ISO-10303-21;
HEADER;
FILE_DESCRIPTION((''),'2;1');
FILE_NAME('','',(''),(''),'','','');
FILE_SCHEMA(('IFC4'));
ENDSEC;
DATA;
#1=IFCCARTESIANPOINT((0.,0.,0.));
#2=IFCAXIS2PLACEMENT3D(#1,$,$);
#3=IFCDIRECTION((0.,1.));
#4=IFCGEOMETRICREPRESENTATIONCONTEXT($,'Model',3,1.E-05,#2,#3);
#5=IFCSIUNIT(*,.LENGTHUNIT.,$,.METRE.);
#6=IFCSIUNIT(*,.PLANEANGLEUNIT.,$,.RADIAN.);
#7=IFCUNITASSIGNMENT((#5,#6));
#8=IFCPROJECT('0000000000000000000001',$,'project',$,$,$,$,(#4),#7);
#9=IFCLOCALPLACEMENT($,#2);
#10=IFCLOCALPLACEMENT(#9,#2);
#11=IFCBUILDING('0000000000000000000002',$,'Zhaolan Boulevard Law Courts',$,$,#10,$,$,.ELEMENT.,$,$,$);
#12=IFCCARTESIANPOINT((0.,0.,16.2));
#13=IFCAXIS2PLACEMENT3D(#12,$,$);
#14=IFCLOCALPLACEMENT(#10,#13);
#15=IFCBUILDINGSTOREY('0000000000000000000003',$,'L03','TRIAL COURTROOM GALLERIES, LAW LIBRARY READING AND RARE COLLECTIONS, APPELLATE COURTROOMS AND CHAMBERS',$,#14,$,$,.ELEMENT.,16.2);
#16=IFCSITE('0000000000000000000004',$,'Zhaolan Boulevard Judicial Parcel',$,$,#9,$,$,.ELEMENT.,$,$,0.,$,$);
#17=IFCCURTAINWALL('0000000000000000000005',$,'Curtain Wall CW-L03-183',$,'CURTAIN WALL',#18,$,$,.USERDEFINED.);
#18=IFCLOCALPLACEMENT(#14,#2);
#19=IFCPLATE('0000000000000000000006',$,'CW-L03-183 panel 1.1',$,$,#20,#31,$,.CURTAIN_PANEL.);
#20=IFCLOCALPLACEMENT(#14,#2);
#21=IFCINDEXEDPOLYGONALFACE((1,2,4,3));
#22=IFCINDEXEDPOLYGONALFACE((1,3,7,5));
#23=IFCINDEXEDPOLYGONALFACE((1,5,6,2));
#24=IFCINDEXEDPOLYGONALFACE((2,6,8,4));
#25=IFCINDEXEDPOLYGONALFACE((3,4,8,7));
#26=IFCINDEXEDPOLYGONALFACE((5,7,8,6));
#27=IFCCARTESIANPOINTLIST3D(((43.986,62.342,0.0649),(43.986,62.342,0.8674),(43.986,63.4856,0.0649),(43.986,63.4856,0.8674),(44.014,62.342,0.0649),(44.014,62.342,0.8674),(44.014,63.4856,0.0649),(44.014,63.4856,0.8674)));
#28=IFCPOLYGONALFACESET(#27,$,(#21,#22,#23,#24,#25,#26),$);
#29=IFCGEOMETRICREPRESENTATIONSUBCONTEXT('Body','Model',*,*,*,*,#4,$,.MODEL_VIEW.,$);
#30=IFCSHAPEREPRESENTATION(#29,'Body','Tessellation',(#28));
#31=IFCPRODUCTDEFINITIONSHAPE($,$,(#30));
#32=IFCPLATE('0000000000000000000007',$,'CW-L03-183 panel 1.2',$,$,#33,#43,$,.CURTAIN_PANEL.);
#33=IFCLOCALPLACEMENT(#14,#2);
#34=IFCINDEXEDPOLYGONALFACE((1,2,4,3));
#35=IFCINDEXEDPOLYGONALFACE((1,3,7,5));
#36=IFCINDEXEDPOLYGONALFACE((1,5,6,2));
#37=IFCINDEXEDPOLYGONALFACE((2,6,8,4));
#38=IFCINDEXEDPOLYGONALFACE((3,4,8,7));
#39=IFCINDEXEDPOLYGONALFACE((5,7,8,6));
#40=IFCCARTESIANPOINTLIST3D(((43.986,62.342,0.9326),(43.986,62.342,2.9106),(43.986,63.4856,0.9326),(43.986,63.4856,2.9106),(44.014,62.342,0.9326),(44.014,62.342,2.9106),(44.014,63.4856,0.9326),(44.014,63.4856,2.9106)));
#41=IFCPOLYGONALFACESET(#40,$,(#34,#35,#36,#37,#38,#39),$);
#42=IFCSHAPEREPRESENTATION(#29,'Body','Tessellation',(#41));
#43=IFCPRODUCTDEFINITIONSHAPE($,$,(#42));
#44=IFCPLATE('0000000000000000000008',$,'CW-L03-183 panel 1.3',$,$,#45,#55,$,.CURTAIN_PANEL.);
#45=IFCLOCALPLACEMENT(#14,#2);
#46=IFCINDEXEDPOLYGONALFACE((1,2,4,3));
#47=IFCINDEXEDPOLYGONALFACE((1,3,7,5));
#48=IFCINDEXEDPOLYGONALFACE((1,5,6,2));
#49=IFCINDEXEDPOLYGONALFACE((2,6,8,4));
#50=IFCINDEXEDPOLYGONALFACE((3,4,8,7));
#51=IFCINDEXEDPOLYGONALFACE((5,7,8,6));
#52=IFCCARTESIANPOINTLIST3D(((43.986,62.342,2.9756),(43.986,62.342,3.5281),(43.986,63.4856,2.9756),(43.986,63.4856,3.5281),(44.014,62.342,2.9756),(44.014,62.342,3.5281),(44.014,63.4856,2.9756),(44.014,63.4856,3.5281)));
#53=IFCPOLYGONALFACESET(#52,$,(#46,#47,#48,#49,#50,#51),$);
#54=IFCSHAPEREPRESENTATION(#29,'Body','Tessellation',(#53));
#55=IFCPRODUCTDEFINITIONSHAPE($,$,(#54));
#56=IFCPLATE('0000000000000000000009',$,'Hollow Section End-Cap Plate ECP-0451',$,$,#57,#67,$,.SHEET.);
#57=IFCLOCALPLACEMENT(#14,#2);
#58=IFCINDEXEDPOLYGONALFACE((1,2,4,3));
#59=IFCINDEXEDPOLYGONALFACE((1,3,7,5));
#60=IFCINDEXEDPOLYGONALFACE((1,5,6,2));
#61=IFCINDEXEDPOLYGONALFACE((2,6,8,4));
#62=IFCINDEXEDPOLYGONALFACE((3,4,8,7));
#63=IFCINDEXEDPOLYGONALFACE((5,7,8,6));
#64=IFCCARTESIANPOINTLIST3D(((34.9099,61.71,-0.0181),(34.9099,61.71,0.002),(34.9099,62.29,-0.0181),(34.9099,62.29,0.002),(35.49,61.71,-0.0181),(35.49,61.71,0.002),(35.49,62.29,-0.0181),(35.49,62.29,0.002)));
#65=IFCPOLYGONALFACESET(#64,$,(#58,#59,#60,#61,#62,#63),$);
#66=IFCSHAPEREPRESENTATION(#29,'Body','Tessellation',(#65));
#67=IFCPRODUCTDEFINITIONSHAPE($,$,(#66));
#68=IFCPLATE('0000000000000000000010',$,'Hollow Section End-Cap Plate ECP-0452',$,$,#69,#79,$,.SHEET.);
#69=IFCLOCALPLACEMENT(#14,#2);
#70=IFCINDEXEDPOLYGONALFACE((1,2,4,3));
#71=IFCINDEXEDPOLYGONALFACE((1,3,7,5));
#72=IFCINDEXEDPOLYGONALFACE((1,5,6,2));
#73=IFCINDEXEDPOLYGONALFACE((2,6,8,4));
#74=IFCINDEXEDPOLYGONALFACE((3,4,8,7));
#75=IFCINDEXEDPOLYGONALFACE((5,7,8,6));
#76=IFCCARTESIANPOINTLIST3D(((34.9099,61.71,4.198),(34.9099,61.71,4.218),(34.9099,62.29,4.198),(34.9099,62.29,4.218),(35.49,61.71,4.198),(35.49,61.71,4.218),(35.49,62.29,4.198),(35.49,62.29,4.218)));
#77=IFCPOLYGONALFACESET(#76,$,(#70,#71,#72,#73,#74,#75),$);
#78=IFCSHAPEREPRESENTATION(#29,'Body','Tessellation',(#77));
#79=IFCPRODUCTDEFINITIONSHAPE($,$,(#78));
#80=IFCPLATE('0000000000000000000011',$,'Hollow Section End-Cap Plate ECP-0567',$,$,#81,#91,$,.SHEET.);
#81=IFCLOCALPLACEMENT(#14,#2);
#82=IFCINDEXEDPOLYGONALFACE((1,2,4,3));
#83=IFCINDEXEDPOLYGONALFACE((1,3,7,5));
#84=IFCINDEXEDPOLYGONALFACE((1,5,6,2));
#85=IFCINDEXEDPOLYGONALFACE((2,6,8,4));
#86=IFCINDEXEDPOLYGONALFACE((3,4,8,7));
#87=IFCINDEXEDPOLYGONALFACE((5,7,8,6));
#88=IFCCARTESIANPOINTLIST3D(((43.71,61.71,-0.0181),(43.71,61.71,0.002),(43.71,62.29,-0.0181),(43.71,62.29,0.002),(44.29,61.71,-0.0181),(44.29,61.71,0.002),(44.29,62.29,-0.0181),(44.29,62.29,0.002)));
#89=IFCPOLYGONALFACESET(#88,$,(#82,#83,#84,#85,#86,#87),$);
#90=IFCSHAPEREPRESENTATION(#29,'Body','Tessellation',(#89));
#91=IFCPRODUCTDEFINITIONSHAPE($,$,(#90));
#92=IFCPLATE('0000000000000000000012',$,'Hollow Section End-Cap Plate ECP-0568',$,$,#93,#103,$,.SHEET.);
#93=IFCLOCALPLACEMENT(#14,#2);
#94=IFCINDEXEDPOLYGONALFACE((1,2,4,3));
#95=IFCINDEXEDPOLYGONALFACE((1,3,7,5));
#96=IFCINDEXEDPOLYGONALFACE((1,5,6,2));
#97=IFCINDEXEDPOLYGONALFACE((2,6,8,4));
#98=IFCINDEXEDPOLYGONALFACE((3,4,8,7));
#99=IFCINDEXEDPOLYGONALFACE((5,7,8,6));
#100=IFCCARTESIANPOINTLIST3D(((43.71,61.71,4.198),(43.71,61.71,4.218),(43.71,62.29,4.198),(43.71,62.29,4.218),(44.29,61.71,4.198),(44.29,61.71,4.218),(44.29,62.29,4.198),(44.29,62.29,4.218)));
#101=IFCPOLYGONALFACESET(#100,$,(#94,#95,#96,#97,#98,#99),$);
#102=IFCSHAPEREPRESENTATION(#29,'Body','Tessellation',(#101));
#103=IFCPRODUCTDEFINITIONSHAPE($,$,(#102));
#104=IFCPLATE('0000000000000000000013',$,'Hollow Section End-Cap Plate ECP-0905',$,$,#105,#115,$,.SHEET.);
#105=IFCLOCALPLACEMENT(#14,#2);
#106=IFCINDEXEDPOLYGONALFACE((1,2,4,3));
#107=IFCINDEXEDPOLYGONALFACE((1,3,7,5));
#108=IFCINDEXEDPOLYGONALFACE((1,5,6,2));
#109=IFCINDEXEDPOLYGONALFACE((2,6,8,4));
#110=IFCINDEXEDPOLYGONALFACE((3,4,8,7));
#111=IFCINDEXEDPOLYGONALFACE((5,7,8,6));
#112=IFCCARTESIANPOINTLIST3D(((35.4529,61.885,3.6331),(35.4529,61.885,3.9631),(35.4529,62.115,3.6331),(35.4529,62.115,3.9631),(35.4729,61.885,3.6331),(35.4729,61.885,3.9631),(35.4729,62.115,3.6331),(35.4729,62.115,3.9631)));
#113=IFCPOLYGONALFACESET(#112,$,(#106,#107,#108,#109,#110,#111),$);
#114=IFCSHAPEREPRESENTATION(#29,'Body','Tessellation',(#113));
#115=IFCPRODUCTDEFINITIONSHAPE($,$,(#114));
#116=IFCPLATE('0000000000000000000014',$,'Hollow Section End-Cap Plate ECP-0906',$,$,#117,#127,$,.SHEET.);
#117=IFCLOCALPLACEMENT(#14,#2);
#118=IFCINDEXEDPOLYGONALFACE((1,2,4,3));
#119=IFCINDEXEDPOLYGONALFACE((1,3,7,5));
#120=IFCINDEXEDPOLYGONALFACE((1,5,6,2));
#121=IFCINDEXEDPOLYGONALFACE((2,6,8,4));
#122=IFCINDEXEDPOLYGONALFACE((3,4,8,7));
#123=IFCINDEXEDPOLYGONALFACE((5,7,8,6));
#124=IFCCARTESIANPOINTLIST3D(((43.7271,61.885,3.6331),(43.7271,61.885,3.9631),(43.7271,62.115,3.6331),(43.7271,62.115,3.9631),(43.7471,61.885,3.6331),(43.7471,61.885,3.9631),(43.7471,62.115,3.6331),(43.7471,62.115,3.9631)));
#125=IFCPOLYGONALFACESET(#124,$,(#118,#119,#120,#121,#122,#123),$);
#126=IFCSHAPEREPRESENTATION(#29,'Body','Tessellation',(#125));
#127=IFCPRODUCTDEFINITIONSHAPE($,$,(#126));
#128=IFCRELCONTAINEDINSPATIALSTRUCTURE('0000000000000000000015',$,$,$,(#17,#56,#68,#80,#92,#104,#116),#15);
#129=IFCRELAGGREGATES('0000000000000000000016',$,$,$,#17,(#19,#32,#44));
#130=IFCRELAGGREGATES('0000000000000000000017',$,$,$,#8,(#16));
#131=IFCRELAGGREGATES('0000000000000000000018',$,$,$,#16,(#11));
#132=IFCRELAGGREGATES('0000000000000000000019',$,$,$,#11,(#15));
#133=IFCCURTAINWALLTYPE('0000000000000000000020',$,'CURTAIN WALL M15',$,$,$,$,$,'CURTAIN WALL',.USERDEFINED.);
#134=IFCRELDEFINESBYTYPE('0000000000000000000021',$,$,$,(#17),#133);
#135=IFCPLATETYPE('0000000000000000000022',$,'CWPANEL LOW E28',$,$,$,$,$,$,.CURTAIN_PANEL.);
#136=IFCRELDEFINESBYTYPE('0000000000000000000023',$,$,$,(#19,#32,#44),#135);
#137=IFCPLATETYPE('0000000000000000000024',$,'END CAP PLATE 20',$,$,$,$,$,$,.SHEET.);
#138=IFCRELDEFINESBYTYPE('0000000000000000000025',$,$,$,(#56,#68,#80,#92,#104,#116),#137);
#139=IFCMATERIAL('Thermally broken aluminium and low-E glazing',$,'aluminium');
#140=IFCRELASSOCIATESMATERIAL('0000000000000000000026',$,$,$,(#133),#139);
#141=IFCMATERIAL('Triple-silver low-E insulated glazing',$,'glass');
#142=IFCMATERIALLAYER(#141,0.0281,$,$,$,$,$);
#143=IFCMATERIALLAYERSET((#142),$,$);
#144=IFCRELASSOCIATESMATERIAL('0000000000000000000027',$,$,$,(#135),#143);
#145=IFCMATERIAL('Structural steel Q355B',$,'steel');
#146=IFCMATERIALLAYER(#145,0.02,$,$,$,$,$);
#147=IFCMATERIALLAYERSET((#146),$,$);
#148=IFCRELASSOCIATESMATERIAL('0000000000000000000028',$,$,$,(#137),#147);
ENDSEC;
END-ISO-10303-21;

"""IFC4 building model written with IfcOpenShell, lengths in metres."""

from ifc_helpers import new_model, si_unit, direction, frame, origin, origin_2d, place, context, subcontext, project, spatial, rectangle, extrude, material, layer, layer_set, type_object, element, aggregate, save


model = new_model("IFC4")

# Units and contexts
model_context = context("Model", 3, precision=1e-05, world=origin(), true_north=direction((0.0, 1.0)))
body_context = subcontext(model_context, "Body", "Model", "MODEL_VIEW")
ifc_project = project(units=[si_unit("LENGTHUNIT", "METRE"), si_unit("PLANEANGLEUNIT", "RADIAN")], contexts=[model_context])

# Site, building, storey
site_placement = place(None, origin())
site = spatial("IfcSite", under=ifc_project, at=site_placement, Name="Zhaolan Boulevard Judicial Parcel", CompositionType="ELEMENT", RefElevation=0.0)
building_placement = place(site_placement, origin())
building = spatial("IfcBuilding", under=site, at=building_placement, Name="Zhaolan Boulevard Law Courts", CompositionType="ELEMENT")
storey_placement = place(building_placement, frame((0.0, 0.0, 16.2)))
storey = spatial("IfcBuildingStorey", under=building, at=storey_placement, Name="L03", Description="TRIAL COURTROOM GALLERIES, LAW LIBRARY READING AND RARE COLLECTIONS, APPELLATE COURTROOMS AND CHAMBERS", CompositionType="ELEMENT", Elevation=16.2)

# Curtain wall
ifc_material_1 = material(Name="Thermally broken aluminium and low-E glazing", Category="aluminium")
curtain_wall_type_1 = type_object("IfcCurtainWallType", Name="CURTAIN WALL M15", ElementType="CURTAIN WALL", PredefinedType="USERDEFINED", material=ifc_material_1)
curtain_wall_1_placement = place(storey_placement, origin())
curtain_wall_1 = element("IfcCurtainWall", 1, at=curtain_wall_1_placement, inside=storey, type_object=curtain_wall_type_1, Name="Curtain Wall CW-L03-183", ObjectType="CURTAIN WALL", PredefinedType="USERDEFINED")

# Plates
ifc_material_2 = material(Name="Triple-silver low-E insulated glazing", Category="glass")
ifc_layer_1 = layer(ifc_material_2, 0.0281)
ifc_layer_set_1 = layer_set([ifc_layer_1])
plate_type_1 = type_object("IfcPlateType", Name="CWPANEL LOW E28", PredefinedType="CURTAIN_PANEL", material=ifc_layer_set_1)
plate_1_placement = place(storey_placement, frame((44.0, 62.9138, 0.0649), z_axis=(0.0, 0.0, 1.0), x_axis=(0.0, 1.0, 0.0)))
plate_1 = element("IfcPlate", 2, at=plate_1_placement, type_object=plate_type_1, Name="CW-L03-183 panel 1.1", PredefinedType="CURTAIN_PANEL", context=body_context, shape_type="SweptSolid", body=[
    extrude(rectangle(XDim=1.1436, YDim=0.0281, at=origin_2d()), origin(), (0.0, 0.0, 1.0), 0.8025),
])
plate_2_placement = place(storey_placement, frame((44.0, 62.9138, 0.9326), z_axis=(0.0, 0.0, 1.0), x_axis=(0.0, 1.0, 0.0)))
plate_2 = element("IfcPlate", 3, at=plate_2_placement, type_object=plate_type_1, Name="CW-L03-183 panel 1.2", PredefinedType="CURTAIN_PANEL", context=body_context, shape_type="SweptSolid", body=[
    extrude(rectangle(XDim=1.1436, YDim=0.0281, at=origin_2d()), origin(), (0.0, 0.0, 1.0), 1.978),
])
plate_3_placement = place(storey_placement, frame((44.0, 62.9138, 2.9756), z_axis=(0.0, 0.0, 1.0), x_axis=(0.0, 1.0, 0.0)))
plate_3 = element("IfcPlate", 4, at=plate_3_placement, type_object=plate_type_1, Name="CW-L03-183 panel 1.3", PredefinedType="CURTAIN_PANEL", context=body_context, shape_type="SweptSolid", body=[
    extrude(rectangle(XDim=1.1436, YDim=0.0281, at=origin_2d()), origin(), (0.0, 0.0, 1.0), 0.5525),
])
aggregate(curtain_wall_1, [plate_1, plate_2, plate_3])

# Plates
ifc_material_3 = material(Name="Structural steel Q355B", Category="steel")
ifc_layer_2 = layer(ifc_material_3, 0.02)
ifc_layer_set_2 = layer_set([ifc_layer_2])
plate_type_2 = type_object("IfcPlateType", Name="END CAP PLATE 20", PredefinedType="SHEET", material=ifc_layer_set_2)
for number, where, z_axis, x_axis, name in (
    (5, (35.2, 62.0, -0.0181), (0.0, 0.0, 1.0), (1.0, 0.0, 0.0), "Hollow Section End-Cap Plate ECP-0451"),
    (6, (35.2, 62.0, 4.198), (0.0, 0.0, 1.0), (1.0, 0.0, 0.0), "Hollow Section End-Cap Plate ECP-0452"),
    (7, (44.0, 62.0, -0.0181), (0.0, 0.0, 1.0), (1.0, 0.0, 0.0), "Hollow Section End-Cap Plate ECP-0567"),
    (8, (44.0, 62.0, 4.198), (0.0, 0.0, 1.0), (1.0, 0.0, 0.0), "Hollow Section End-Cap Plate ECP-0568"),
):
    element("IfcPlate", number, at=place(storey_placement, frame(where, z_axis=z_axis, x_axis=x_axis)), inside=storey, type_object=plate_type_2, Name=name, PredefinedType="SHEET", context=body_context, shape_type="SweptSolid", body=[
        extrude(rectangle(XDim=0.5801, YDim=0.5801, at=origin_2d()), origin(), (0.0, 0.0, 1.0), 0.02),
    ])
for number, where, z_axis, x_axis, name in (
    (9, (35.4629, 62.0, 3.6331), (0.0, 0.0, 1.0), (1.0, 0.0, 0.0), "Hollow Section End-Cap Plate ECP-0905"),
    (10, (43.7371, 62.0, 3.6331), (0.0, 0.0, 1.0), (1.0, 0.0, 0.0), "Hollow Section End-Cap Plate ECP-0906"),
):
    element("IfcPlate", number, at=place(storey_placement, frame(where, z_axis=z_axis, x_axis=x_axis)), inside=storey, type_object=plate_type_2, Name=name, PredefinedType="SHEET", context=body_context, shape_type="SweptSolid", body=[
        extrude(rectangle(XDim=0.02, YDim=0.23, at=origin_2d()), origin(), (0.0, 0.0, 1.0), 0.3301),
    ])

save(model, "model.ifc")
